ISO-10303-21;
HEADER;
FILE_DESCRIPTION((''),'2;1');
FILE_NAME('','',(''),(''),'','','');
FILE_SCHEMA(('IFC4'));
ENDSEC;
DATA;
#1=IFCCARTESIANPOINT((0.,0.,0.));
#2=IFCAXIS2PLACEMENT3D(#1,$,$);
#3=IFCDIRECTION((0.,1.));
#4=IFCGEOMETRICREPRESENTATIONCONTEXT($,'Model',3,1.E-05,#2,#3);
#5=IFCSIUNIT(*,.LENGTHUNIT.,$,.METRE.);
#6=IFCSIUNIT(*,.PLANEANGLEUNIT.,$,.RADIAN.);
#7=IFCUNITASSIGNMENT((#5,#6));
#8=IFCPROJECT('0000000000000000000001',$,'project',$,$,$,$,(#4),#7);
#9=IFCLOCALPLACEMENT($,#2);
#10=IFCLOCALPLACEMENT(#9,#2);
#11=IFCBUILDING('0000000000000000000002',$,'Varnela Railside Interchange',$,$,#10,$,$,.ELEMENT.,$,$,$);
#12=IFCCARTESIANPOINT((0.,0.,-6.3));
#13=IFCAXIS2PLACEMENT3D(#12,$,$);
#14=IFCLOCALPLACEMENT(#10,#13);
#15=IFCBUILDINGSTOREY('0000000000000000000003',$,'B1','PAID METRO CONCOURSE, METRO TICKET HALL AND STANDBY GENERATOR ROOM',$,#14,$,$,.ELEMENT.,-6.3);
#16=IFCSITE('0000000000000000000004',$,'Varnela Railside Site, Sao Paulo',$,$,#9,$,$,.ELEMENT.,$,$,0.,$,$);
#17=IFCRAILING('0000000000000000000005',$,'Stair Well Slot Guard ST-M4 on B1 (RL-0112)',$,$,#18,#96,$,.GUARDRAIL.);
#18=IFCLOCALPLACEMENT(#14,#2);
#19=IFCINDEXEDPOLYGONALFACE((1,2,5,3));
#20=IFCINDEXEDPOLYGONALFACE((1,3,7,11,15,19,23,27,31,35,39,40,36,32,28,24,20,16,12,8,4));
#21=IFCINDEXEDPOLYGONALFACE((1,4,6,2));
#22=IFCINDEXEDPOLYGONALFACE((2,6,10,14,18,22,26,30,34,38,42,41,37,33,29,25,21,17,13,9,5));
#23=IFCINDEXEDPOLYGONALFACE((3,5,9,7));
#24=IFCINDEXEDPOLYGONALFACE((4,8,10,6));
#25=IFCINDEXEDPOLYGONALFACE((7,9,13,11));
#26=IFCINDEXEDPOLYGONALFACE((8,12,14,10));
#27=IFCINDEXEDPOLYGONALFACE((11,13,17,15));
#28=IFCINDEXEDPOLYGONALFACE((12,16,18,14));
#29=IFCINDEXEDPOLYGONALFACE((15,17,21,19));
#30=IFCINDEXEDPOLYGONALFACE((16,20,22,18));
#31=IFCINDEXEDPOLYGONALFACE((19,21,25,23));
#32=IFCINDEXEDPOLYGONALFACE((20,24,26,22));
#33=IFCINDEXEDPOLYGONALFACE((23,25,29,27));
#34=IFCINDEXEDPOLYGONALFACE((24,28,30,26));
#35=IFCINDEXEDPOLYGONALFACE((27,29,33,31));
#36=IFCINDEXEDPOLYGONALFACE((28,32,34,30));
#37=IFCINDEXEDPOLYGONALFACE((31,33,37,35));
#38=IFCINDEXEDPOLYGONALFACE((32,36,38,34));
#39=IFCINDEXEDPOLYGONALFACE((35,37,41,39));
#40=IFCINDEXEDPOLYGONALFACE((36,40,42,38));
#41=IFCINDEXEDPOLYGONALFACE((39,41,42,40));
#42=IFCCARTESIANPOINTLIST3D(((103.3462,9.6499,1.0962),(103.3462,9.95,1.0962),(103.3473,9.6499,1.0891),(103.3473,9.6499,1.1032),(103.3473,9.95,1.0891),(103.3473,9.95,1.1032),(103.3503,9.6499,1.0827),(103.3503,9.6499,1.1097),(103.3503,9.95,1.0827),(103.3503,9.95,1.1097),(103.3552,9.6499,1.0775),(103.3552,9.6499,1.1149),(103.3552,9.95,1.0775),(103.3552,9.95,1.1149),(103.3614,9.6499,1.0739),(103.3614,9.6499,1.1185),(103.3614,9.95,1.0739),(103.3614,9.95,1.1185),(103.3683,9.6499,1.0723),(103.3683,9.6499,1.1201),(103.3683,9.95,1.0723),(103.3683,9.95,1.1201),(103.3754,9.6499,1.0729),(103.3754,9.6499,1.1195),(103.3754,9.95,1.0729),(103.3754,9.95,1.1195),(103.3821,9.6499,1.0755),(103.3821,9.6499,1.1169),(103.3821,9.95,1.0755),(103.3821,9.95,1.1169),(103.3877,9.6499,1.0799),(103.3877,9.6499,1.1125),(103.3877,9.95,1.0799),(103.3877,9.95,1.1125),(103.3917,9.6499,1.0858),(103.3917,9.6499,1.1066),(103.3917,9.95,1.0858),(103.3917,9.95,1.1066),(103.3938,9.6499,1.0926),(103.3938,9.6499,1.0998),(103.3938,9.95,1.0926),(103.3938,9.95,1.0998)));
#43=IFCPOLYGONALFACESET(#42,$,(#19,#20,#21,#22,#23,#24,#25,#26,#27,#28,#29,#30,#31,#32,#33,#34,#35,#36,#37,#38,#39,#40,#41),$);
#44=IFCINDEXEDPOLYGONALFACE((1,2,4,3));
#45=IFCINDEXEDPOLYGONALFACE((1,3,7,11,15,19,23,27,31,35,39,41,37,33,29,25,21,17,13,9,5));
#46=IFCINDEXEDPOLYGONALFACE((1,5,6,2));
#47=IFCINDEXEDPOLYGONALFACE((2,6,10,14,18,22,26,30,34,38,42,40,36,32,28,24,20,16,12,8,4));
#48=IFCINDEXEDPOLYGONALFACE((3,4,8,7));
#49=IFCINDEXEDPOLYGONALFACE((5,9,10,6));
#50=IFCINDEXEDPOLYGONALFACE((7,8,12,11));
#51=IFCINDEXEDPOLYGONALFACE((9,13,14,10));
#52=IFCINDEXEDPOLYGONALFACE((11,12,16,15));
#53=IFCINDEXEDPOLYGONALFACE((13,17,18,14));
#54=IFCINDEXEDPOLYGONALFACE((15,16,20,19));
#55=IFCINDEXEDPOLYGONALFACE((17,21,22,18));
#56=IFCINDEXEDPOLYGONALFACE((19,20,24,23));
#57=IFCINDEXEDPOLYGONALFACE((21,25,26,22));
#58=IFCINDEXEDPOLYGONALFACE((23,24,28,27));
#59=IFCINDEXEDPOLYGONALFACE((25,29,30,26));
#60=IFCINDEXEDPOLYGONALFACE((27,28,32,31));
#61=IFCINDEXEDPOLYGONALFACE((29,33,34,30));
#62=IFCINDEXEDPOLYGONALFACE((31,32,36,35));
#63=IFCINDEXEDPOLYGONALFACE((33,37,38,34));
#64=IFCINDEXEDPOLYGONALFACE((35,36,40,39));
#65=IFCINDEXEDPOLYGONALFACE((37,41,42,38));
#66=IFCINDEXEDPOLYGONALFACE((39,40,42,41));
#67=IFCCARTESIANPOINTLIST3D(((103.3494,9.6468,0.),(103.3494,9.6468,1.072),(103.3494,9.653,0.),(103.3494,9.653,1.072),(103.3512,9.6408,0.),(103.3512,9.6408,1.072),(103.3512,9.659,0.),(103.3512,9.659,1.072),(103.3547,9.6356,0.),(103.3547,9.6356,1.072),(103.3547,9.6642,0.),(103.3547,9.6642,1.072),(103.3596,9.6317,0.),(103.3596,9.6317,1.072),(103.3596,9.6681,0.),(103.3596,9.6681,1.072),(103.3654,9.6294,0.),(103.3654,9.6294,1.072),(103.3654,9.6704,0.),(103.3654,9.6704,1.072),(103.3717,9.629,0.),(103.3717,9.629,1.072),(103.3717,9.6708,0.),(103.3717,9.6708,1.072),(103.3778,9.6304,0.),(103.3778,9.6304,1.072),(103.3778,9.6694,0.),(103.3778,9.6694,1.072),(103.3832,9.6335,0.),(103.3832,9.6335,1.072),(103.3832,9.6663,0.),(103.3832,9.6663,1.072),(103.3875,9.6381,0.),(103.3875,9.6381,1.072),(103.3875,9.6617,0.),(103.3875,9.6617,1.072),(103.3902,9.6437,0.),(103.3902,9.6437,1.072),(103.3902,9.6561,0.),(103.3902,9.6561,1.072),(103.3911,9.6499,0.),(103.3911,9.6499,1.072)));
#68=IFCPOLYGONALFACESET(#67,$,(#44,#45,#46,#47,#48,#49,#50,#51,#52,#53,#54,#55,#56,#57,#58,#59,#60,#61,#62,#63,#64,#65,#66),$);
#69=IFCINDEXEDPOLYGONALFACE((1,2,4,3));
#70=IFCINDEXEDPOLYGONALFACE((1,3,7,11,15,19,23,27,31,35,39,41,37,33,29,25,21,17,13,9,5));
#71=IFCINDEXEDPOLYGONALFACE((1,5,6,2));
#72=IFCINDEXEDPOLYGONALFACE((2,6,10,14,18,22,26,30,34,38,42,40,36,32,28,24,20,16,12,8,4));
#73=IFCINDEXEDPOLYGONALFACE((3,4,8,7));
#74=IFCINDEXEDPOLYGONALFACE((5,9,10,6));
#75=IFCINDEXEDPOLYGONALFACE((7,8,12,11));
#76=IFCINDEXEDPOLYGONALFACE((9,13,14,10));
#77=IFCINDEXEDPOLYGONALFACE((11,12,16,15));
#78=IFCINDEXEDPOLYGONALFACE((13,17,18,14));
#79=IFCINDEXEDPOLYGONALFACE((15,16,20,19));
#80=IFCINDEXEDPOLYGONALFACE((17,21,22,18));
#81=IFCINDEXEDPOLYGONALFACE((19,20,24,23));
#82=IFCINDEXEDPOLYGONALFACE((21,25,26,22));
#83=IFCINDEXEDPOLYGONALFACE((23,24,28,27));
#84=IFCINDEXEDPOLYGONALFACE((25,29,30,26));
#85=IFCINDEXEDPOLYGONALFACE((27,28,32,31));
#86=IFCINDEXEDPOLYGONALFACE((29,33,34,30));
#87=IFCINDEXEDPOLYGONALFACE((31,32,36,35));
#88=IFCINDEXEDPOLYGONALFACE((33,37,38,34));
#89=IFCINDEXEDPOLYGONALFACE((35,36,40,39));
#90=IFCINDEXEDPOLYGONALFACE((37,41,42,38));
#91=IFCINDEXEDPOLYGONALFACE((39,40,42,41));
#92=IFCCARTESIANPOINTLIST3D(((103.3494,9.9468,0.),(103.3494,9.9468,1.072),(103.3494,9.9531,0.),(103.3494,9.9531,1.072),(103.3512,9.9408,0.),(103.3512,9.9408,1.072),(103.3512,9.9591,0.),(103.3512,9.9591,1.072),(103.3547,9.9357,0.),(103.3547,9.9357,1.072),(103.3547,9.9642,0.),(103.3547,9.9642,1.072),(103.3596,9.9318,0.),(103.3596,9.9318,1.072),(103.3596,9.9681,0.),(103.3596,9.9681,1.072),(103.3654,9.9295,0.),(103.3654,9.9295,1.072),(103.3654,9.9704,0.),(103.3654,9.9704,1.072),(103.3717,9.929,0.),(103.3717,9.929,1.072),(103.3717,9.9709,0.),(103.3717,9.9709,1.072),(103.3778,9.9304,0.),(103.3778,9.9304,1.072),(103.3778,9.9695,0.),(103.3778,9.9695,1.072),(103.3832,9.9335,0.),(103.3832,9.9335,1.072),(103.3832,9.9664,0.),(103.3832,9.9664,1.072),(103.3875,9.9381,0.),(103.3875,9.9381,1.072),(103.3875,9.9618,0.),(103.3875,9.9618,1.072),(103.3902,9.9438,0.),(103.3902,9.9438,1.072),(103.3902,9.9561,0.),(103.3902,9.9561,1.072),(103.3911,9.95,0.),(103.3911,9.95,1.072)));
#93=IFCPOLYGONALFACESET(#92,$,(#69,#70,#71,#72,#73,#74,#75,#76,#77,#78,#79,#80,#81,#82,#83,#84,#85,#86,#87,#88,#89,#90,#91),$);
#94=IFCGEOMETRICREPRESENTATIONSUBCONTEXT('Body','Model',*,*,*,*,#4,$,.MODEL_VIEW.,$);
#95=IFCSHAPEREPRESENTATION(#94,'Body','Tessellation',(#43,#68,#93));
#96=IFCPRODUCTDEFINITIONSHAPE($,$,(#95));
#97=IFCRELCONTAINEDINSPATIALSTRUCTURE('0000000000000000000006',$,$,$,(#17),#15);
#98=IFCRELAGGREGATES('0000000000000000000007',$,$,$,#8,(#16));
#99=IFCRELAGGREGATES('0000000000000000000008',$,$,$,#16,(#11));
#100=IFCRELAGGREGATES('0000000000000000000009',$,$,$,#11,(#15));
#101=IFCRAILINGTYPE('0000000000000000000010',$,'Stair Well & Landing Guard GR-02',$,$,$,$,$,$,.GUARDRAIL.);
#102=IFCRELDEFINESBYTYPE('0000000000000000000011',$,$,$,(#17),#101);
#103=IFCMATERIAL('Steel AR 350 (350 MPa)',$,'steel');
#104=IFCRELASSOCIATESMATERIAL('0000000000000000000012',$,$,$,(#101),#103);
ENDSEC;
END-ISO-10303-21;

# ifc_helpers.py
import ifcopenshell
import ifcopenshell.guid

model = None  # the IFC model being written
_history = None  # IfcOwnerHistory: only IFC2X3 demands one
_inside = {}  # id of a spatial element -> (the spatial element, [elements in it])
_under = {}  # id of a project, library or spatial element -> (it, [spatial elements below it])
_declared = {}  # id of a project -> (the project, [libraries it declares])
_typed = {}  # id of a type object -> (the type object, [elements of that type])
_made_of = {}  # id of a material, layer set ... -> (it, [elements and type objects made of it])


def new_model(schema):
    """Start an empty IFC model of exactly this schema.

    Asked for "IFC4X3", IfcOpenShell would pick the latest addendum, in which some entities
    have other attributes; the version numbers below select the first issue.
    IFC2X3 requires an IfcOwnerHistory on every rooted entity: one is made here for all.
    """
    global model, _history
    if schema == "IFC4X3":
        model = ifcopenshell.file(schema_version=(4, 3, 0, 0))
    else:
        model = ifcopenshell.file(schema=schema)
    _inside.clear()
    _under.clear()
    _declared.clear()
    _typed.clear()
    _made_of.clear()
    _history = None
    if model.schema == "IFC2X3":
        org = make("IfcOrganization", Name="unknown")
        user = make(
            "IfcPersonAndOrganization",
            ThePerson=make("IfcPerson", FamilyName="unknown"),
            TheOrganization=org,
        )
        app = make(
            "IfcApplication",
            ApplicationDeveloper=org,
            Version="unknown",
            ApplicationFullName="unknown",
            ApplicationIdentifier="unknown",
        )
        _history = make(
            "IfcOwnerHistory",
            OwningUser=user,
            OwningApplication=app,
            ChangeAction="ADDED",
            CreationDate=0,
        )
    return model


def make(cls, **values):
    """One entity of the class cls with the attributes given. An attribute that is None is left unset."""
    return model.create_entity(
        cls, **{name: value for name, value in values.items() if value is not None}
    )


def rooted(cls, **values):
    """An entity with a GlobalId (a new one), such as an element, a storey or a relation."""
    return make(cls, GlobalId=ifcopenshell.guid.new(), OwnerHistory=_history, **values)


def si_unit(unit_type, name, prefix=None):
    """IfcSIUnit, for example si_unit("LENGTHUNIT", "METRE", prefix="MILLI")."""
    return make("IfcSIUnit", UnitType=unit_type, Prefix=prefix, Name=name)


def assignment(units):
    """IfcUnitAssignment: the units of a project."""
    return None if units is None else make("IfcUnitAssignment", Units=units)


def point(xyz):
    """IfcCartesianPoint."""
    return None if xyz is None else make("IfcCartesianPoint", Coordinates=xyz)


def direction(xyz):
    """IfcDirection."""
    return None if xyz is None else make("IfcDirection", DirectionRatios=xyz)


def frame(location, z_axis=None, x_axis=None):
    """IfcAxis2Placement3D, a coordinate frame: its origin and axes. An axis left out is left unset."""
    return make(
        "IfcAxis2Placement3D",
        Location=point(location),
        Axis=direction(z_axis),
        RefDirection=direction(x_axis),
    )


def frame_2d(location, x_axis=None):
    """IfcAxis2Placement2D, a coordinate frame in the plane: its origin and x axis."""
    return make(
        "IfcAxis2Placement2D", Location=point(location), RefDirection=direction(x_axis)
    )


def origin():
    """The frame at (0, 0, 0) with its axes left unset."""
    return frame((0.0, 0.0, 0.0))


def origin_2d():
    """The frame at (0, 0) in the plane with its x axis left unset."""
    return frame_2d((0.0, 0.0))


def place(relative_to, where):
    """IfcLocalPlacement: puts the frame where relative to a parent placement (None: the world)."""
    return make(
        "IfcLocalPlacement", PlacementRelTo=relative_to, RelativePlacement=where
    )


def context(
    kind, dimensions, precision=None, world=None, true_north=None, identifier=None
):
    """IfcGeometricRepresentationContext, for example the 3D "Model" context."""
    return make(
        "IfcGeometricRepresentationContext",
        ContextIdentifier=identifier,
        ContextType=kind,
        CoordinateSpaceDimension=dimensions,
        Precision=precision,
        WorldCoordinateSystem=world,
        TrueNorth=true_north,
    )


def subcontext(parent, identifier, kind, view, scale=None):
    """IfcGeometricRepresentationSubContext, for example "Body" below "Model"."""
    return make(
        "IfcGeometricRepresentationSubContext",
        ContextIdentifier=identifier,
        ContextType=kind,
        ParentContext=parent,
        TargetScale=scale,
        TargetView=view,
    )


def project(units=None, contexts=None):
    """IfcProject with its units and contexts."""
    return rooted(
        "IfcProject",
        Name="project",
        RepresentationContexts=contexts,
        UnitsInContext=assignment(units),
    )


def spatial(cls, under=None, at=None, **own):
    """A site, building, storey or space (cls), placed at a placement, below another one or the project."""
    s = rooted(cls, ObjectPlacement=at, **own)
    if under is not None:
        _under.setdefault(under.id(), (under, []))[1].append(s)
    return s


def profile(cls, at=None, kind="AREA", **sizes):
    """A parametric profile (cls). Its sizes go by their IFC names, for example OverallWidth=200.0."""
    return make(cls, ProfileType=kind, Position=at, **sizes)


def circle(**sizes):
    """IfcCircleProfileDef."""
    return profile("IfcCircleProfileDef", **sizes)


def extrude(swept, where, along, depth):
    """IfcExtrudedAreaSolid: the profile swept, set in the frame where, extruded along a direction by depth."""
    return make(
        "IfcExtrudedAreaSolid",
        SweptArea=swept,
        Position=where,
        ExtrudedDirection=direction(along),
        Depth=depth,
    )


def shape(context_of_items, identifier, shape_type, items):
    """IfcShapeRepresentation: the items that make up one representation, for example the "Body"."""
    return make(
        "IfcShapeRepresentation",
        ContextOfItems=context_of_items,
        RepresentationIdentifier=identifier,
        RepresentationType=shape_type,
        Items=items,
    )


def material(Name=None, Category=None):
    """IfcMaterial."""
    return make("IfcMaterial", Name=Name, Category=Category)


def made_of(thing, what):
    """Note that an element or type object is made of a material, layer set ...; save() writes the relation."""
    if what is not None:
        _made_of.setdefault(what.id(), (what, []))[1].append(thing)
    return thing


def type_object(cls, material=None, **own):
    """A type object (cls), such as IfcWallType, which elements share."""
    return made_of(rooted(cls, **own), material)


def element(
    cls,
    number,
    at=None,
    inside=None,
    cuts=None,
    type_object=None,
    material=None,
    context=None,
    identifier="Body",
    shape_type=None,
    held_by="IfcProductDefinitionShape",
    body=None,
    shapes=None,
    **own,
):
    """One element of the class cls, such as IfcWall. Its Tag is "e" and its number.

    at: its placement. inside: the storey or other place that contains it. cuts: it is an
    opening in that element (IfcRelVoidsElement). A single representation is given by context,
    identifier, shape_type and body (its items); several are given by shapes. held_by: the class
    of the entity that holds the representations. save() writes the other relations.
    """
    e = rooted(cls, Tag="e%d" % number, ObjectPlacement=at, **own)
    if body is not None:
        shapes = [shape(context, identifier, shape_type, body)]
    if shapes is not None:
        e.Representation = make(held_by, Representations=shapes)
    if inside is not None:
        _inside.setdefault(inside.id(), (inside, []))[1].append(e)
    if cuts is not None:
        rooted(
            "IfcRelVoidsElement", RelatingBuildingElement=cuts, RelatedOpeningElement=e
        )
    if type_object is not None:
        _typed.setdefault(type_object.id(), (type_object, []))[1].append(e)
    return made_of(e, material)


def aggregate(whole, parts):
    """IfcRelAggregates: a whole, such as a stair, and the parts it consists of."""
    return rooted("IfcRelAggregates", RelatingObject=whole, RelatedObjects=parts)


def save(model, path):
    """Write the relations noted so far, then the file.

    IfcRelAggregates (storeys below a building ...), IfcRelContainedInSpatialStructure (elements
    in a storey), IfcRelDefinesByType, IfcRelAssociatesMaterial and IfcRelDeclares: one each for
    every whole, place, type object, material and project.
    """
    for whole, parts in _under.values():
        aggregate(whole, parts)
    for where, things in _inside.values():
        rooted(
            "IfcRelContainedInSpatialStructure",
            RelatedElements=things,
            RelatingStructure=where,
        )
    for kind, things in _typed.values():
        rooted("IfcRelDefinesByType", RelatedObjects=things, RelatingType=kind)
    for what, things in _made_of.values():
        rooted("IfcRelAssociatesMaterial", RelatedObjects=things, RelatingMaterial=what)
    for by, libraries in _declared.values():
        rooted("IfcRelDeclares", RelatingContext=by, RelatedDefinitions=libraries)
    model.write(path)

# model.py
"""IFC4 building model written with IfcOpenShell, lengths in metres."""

from ifc_helpers import new_model, si_unit, direction, frame, origin, origin_2d, place, context, subcontext, project, spatial, circle, extrude, material, type_object, element, save


model = new_model("IFC4")

# Units and contexts
model_context = context("Model", 3, precision=1e-05, world=origin(), true_north=direction((0.0, 1.0)))
body_context = subcontext(model_context, "Body", "Model", "MODEL_VIEW")
ifc_project = project(units=[si_unit("LENGTHUNIT", "METRE"), si_unit("PLANEANGLEUNIT", "RADIAN")], contexts=[model_context])

# Site, building, storey
site_placement = place(None, origin())
site = spatial("IfcSite", under=ifc_project, at=site_placement, Name="Varnela Railside Site, Sao Paulo", CompositionType="ELEMENT", RefElevation=0.0)
building_placement = place(site_placement, origin())
building = spatial("IfcBuilding", under=site, at=building_placement, Name="Varnela Railside Interchange", CompositionType="ELEMENT")
storey_placement = place(building_placement, frame((0.0, 0.0, -6.3)))
storey = spatial("IfcBuildingStorey", under=building, at=storey_placement, Name="B1", Description="PAID METRO CONCOURSE, METRO TICKET HALL AND STANDBY GENERATOR ROOM", CompositionType="ELEMENT", Elevation=-6.3)

# Shared definitions
ifc_material_1 = material(Name="Steel AR 350 (350 MPa)", Category="steel")

# Railing
railing_type_1 = type_object("IfcRailingType", Name="Stair Well & Landing Guard GR-02", PredefinedType="GUARDRAIL", material=ifc_material_1)
railing_1_placement = place(storey_placement, frame((103.3701, 9.6499, 0.0)))
element("IfcRailing", 1, at=railing_1_placement, inside=storey, type_object=railing_type_1, Name="Stair Well Slot Guard ST-M4 on B1 (RL-0112)", PredefinedType="GUARDRAIL", context=body_context, shape_type="SweptSolid", body=[
    extrude(circle(Radius=0.0239, at=origin_2d()), frame((0.0, 0.0, 1.0962), z_axis=(0.0, 1.0, 0.0), x_axis=(-1.0, 0.0, 0.0)), (0.0, 0.0, 1.0), 0.3),
    extrude(circle(Radius=0.021, at=origin_2d()), origin(), (0.0, 0.0, 1.0), 1.072),
    extrude(circle(Radius=0.021, at=origin_2d()), frame((0.0, 0.3, 0.0)), (0.0, 0.0, 1.0), 1.072),
])

save(model, "model.ifc")
